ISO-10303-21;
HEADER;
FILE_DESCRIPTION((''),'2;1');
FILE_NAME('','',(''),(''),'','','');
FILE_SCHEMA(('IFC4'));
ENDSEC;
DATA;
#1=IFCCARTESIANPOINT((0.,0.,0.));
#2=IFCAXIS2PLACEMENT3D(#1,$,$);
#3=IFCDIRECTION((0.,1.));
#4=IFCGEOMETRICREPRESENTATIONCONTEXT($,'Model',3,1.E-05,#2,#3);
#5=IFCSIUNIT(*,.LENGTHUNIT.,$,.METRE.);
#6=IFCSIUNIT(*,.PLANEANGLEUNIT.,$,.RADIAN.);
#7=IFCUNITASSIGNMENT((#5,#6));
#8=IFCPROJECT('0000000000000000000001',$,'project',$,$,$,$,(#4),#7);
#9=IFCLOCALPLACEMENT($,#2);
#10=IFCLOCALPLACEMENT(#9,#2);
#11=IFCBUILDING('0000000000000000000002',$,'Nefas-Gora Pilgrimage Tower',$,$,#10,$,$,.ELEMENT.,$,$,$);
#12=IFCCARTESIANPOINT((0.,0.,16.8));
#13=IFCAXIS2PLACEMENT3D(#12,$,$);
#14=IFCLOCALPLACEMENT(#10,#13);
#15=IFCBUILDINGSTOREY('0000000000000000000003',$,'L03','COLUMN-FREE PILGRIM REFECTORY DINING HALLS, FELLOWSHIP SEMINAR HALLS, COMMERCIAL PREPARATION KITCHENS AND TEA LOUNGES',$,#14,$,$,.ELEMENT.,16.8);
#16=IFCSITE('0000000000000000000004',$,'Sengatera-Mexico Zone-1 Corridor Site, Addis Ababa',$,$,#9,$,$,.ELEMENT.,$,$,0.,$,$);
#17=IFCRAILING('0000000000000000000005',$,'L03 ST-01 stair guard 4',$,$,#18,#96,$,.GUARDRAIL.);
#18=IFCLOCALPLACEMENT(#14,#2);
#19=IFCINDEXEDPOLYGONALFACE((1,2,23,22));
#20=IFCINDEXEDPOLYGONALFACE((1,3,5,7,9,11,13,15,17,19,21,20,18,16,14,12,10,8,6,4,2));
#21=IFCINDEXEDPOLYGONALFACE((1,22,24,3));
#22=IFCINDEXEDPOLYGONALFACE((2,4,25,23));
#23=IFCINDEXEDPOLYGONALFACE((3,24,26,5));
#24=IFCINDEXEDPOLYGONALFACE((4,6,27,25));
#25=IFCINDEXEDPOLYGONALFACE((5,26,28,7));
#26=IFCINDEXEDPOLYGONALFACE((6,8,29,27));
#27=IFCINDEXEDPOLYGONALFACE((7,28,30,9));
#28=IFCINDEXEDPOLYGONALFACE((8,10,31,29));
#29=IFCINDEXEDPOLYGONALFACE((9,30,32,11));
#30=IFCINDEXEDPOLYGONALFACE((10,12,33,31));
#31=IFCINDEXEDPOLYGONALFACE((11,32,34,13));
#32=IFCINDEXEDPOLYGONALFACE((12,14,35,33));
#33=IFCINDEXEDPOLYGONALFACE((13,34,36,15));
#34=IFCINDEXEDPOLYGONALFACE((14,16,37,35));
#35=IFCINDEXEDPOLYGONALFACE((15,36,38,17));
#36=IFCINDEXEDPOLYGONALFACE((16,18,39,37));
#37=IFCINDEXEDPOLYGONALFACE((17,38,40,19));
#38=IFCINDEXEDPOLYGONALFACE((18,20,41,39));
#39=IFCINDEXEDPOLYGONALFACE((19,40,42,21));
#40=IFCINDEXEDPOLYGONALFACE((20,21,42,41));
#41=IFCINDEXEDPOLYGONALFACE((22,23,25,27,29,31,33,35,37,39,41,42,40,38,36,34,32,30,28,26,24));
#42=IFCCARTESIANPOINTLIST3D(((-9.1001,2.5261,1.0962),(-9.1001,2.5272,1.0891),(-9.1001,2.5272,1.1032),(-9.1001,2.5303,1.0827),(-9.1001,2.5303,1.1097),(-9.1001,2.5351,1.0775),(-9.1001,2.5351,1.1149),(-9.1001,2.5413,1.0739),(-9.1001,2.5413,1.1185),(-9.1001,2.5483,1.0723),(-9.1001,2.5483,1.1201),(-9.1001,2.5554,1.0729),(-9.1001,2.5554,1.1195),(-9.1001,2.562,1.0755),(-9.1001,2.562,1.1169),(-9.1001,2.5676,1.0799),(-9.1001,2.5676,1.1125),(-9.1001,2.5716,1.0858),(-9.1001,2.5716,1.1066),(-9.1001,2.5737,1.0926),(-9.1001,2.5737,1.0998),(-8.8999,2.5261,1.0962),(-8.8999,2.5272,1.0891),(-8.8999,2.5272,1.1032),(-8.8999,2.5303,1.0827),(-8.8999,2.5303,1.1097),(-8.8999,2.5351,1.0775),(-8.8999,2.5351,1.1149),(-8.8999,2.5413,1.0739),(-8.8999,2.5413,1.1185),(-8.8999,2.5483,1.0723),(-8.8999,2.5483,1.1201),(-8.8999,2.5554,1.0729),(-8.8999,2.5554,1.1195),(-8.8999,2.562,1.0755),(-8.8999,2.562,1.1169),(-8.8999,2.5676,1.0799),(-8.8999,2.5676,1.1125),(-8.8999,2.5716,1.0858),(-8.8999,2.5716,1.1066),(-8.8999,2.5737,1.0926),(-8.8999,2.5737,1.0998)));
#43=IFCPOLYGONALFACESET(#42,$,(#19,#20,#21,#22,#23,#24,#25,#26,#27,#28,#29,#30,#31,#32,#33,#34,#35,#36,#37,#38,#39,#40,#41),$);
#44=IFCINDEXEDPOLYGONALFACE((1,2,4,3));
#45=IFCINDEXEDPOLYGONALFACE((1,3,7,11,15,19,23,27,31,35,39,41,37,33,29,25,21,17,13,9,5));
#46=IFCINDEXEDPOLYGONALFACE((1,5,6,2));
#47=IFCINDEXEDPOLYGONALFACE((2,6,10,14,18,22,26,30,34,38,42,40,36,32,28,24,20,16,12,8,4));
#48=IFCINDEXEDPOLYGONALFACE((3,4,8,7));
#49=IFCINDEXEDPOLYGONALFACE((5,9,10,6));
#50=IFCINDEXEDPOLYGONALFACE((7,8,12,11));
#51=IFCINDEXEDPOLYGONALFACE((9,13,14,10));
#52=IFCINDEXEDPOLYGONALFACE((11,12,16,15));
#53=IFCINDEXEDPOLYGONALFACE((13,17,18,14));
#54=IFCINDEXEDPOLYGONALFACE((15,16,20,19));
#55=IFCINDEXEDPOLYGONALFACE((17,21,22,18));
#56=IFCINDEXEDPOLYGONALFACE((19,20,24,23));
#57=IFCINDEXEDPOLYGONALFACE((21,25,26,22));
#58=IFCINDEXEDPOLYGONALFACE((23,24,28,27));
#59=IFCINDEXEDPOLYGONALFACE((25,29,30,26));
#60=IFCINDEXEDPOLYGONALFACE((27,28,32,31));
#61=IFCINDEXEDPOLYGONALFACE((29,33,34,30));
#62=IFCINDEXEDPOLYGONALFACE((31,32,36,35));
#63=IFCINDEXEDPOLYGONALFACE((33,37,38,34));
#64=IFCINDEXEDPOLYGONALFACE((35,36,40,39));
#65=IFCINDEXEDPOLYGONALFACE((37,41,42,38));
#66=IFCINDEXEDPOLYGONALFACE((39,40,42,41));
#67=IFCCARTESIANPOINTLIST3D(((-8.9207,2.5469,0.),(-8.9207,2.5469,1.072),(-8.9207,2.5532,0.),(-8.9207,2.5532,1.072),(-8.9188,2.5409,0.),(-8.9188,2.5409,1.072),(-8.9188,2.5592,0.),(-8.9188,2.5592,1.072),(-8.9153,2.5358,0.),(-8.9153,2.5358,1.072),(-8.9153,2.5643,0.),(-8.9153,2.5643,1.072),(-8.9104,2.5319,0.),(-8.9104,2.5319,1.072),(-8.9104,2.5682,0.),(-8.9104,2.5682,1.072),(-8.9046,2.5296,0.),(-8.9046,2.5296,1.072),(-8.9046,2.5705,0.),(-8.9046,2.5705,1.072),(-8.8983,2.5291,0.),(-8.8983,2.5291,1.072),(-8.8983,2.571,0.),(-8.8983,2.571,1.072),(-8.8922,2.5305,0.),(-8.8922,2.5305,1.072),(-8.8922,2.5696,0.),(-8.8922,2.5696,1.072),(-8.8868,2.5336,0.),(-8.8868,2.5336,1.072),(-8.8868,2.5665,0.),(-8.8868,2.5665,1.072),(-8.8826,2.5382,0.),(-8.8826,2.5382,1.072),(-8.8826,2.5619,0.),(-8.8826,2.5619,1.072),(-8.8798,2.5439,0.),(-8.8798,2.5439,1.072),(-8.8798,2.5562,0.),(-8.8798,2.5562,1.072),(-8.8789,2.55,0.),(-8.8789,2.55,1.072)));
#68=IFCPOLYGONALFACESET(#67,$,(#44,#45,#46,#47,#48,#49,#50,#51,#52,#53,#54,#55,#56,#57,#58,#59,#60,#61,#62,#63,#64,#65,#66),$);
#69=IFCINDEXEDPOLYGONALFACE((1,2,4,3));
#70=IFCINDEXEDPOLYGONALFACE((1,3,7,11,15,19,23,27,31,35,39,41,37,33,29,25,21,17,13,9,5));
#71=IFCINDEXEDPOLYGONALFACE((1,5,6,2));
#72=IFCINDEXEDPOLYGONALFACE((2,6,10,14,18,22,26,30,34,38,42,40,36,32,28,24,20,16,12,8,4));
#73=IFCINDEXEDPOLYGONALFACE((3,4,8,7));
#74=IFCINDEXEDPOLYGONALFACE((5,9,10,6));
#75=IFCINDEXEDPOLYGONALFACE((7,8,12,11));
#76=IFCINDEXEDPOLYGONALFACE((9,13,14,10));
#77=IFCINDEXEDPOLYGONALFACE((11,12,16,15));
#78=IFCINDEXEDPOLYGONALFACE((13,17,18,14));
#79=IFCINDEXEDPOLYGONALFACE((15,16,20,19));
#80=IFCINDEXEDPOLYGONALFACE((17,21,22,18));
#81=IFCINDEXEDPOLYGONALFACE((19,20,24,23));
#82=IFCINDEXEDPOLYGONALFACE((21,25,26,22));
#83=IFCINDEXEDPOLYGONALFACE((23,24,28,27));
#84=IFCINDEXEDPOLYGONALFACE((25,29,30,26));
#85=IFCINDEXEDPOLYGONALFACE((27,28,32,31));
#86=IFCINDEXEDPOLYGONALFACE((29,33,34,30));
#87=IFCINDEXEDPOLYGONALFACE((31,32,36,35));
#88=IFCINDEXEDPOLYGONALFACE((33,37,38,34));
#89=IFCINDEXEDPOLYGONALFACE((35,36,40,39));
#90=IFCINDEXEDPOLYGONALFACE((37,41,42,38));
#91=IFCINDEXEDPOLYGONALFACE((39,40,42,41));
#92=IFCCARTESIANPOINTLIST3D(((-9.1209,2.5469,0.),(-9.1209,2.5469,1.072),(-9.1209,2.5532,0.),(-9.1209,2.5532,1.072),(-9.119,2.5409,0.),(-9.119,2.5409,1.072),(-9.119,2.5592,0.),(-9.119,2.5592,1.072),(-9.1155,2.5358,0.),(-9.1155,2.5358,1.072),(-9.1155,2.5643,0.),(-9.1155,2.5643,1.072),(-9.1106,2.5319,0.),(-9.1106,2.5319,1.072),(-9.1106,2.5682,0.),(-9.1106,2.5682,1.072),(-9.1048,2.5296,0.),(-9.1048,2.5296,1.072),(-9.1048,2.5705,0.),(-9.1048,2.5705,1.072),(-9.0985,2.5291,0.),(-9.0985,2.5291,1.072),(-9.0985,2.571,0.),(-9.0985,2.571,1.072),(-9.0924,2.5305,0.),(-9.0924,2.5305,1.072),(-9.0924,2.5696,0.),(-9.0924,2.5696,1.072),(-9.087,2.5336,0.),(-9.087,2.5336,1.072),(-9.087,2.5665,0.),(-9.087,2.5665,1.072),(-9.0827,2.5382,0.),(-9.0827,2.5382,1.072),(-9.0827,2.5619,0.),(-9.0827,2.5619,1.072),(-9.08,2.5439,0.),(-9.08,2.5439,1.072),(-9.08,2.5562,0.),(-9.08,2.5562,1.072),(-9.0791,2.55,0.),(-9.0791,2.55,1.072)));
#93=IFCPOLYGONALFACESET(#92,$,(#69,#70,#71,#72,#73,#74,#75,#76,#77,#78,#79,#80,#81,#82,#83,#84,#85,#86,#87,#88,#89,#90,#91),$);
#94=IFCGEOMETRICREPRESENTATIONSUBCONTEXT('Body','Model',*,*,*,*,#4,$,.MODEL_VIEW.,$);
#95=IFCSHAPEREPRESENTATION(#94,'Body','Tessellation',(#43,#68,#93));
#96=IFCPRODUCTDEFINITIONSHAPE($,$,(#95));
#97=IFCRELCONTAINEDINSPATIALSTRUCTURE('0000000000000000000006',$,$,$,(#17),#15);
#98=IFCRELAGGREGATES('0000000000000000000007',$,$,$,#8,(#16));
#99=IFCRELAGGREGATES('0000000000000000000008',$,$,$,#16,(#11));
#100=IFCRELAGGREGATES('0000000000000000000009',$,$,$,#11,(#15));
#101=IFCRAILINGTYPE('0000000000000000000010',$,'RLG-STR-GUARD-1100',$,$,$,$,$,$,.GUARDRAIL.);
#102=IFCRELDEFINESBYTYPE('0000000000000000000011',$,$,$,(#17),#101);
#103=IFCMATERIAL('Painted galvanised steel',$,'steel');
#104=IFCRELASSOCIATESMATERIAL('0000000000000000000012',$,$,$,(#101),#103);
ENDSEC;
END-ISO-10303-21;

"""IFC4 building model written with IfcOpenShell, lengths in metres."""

from ifc_helpers import new_model, si_unit, direction, frame, origin, origin_2d, place, context, subcontext, project, spatial, circle, extrude, material, type_object, element, save


model = new_model("IFC4")

# Units and contexts
model_context = context("Model", 3, precision=1e-05, world=origin(), true_north=direction((0.0, 1.0)))
body_context = subcontext(model_context, "Body", "Model", "MODEL_VIEW")
ifc_project = project(units=[si_unit("LENGTHUNIT", "METRE"), si_unit("PLANEANGLEUNIT", "RADIAN")], contexts=[model_context])

# Site, building, storey
site_placement = place(None, origin())
site = spatial("IfcSite", under=ifc_project, at=site_placement, Name="Sengatera-Mexico Zone-1 Corridor Site, Addis Ababa", CompositionType="ELEMENT", RefElevation=0.0)
building_placement = place(site_placement, origin())
building = spatial("IfcBuilding", under=site, at=building_placement, Name="Nefas-Gora Pilgrimage Tower", CompositionType="ELEMENT")
storey_placement = place(building_placement, frame((0.0, 0.0, 16.8)))
storey = spatial("IfcBuildingStorey", under=building, at=storey_placement, Name="L03", Description="COLUMN-FREE PILGRIM REFECTORY DINING HALLS, FELLOWSHIP SEMINAR HALLS, COMMERCIAL PREPARATION KITCHENS AND TEA LOUNGES", CompositionType="ELEMENT", Elevation=16.8)

# Railing
ifc_material_1 = material(Name="Painted galvanised steel", Category="steel")
railing_type_1 = type_object("IfcRailingType", Name="RLG-STR-GUARD-1100", PredefinedType="GUARDRAIL", material=ifc_material_1)
railing_1_placement = place(storey_placement, frame((-8.8999, 2.55, 0.0)))
element("IfcRailing", 1, at=railing_1_placement, inside=storey, type_object=railing_type_1, Name="L03 ST-01 stair guard 4", PredefinedType="GUARDRAIL", context=body_context, shape_type="SweptSolid", body=[
    extrude(circle(Radius=0.0239, at=origin_2d()), frame((0.0, 0.0, 1.0962), z_axis=(-1.0, 0.0, 0.0), x_axis=(0.0, -1.0, 0.0)), (0.0, 0.0, 1.0), 0.2002),
    extrude(circle(Radius=0.021, at=origin_2d()), origin(), (0.0, 0.0, 1.0), 1.072),
    extrude(circle(Radius=0.021, at=origin_2d()), frame((-0.2002, 0.0, 0.0)), (0.0, 0.0, 1.0), 1.072),
])

save(model, "model.ifc")
